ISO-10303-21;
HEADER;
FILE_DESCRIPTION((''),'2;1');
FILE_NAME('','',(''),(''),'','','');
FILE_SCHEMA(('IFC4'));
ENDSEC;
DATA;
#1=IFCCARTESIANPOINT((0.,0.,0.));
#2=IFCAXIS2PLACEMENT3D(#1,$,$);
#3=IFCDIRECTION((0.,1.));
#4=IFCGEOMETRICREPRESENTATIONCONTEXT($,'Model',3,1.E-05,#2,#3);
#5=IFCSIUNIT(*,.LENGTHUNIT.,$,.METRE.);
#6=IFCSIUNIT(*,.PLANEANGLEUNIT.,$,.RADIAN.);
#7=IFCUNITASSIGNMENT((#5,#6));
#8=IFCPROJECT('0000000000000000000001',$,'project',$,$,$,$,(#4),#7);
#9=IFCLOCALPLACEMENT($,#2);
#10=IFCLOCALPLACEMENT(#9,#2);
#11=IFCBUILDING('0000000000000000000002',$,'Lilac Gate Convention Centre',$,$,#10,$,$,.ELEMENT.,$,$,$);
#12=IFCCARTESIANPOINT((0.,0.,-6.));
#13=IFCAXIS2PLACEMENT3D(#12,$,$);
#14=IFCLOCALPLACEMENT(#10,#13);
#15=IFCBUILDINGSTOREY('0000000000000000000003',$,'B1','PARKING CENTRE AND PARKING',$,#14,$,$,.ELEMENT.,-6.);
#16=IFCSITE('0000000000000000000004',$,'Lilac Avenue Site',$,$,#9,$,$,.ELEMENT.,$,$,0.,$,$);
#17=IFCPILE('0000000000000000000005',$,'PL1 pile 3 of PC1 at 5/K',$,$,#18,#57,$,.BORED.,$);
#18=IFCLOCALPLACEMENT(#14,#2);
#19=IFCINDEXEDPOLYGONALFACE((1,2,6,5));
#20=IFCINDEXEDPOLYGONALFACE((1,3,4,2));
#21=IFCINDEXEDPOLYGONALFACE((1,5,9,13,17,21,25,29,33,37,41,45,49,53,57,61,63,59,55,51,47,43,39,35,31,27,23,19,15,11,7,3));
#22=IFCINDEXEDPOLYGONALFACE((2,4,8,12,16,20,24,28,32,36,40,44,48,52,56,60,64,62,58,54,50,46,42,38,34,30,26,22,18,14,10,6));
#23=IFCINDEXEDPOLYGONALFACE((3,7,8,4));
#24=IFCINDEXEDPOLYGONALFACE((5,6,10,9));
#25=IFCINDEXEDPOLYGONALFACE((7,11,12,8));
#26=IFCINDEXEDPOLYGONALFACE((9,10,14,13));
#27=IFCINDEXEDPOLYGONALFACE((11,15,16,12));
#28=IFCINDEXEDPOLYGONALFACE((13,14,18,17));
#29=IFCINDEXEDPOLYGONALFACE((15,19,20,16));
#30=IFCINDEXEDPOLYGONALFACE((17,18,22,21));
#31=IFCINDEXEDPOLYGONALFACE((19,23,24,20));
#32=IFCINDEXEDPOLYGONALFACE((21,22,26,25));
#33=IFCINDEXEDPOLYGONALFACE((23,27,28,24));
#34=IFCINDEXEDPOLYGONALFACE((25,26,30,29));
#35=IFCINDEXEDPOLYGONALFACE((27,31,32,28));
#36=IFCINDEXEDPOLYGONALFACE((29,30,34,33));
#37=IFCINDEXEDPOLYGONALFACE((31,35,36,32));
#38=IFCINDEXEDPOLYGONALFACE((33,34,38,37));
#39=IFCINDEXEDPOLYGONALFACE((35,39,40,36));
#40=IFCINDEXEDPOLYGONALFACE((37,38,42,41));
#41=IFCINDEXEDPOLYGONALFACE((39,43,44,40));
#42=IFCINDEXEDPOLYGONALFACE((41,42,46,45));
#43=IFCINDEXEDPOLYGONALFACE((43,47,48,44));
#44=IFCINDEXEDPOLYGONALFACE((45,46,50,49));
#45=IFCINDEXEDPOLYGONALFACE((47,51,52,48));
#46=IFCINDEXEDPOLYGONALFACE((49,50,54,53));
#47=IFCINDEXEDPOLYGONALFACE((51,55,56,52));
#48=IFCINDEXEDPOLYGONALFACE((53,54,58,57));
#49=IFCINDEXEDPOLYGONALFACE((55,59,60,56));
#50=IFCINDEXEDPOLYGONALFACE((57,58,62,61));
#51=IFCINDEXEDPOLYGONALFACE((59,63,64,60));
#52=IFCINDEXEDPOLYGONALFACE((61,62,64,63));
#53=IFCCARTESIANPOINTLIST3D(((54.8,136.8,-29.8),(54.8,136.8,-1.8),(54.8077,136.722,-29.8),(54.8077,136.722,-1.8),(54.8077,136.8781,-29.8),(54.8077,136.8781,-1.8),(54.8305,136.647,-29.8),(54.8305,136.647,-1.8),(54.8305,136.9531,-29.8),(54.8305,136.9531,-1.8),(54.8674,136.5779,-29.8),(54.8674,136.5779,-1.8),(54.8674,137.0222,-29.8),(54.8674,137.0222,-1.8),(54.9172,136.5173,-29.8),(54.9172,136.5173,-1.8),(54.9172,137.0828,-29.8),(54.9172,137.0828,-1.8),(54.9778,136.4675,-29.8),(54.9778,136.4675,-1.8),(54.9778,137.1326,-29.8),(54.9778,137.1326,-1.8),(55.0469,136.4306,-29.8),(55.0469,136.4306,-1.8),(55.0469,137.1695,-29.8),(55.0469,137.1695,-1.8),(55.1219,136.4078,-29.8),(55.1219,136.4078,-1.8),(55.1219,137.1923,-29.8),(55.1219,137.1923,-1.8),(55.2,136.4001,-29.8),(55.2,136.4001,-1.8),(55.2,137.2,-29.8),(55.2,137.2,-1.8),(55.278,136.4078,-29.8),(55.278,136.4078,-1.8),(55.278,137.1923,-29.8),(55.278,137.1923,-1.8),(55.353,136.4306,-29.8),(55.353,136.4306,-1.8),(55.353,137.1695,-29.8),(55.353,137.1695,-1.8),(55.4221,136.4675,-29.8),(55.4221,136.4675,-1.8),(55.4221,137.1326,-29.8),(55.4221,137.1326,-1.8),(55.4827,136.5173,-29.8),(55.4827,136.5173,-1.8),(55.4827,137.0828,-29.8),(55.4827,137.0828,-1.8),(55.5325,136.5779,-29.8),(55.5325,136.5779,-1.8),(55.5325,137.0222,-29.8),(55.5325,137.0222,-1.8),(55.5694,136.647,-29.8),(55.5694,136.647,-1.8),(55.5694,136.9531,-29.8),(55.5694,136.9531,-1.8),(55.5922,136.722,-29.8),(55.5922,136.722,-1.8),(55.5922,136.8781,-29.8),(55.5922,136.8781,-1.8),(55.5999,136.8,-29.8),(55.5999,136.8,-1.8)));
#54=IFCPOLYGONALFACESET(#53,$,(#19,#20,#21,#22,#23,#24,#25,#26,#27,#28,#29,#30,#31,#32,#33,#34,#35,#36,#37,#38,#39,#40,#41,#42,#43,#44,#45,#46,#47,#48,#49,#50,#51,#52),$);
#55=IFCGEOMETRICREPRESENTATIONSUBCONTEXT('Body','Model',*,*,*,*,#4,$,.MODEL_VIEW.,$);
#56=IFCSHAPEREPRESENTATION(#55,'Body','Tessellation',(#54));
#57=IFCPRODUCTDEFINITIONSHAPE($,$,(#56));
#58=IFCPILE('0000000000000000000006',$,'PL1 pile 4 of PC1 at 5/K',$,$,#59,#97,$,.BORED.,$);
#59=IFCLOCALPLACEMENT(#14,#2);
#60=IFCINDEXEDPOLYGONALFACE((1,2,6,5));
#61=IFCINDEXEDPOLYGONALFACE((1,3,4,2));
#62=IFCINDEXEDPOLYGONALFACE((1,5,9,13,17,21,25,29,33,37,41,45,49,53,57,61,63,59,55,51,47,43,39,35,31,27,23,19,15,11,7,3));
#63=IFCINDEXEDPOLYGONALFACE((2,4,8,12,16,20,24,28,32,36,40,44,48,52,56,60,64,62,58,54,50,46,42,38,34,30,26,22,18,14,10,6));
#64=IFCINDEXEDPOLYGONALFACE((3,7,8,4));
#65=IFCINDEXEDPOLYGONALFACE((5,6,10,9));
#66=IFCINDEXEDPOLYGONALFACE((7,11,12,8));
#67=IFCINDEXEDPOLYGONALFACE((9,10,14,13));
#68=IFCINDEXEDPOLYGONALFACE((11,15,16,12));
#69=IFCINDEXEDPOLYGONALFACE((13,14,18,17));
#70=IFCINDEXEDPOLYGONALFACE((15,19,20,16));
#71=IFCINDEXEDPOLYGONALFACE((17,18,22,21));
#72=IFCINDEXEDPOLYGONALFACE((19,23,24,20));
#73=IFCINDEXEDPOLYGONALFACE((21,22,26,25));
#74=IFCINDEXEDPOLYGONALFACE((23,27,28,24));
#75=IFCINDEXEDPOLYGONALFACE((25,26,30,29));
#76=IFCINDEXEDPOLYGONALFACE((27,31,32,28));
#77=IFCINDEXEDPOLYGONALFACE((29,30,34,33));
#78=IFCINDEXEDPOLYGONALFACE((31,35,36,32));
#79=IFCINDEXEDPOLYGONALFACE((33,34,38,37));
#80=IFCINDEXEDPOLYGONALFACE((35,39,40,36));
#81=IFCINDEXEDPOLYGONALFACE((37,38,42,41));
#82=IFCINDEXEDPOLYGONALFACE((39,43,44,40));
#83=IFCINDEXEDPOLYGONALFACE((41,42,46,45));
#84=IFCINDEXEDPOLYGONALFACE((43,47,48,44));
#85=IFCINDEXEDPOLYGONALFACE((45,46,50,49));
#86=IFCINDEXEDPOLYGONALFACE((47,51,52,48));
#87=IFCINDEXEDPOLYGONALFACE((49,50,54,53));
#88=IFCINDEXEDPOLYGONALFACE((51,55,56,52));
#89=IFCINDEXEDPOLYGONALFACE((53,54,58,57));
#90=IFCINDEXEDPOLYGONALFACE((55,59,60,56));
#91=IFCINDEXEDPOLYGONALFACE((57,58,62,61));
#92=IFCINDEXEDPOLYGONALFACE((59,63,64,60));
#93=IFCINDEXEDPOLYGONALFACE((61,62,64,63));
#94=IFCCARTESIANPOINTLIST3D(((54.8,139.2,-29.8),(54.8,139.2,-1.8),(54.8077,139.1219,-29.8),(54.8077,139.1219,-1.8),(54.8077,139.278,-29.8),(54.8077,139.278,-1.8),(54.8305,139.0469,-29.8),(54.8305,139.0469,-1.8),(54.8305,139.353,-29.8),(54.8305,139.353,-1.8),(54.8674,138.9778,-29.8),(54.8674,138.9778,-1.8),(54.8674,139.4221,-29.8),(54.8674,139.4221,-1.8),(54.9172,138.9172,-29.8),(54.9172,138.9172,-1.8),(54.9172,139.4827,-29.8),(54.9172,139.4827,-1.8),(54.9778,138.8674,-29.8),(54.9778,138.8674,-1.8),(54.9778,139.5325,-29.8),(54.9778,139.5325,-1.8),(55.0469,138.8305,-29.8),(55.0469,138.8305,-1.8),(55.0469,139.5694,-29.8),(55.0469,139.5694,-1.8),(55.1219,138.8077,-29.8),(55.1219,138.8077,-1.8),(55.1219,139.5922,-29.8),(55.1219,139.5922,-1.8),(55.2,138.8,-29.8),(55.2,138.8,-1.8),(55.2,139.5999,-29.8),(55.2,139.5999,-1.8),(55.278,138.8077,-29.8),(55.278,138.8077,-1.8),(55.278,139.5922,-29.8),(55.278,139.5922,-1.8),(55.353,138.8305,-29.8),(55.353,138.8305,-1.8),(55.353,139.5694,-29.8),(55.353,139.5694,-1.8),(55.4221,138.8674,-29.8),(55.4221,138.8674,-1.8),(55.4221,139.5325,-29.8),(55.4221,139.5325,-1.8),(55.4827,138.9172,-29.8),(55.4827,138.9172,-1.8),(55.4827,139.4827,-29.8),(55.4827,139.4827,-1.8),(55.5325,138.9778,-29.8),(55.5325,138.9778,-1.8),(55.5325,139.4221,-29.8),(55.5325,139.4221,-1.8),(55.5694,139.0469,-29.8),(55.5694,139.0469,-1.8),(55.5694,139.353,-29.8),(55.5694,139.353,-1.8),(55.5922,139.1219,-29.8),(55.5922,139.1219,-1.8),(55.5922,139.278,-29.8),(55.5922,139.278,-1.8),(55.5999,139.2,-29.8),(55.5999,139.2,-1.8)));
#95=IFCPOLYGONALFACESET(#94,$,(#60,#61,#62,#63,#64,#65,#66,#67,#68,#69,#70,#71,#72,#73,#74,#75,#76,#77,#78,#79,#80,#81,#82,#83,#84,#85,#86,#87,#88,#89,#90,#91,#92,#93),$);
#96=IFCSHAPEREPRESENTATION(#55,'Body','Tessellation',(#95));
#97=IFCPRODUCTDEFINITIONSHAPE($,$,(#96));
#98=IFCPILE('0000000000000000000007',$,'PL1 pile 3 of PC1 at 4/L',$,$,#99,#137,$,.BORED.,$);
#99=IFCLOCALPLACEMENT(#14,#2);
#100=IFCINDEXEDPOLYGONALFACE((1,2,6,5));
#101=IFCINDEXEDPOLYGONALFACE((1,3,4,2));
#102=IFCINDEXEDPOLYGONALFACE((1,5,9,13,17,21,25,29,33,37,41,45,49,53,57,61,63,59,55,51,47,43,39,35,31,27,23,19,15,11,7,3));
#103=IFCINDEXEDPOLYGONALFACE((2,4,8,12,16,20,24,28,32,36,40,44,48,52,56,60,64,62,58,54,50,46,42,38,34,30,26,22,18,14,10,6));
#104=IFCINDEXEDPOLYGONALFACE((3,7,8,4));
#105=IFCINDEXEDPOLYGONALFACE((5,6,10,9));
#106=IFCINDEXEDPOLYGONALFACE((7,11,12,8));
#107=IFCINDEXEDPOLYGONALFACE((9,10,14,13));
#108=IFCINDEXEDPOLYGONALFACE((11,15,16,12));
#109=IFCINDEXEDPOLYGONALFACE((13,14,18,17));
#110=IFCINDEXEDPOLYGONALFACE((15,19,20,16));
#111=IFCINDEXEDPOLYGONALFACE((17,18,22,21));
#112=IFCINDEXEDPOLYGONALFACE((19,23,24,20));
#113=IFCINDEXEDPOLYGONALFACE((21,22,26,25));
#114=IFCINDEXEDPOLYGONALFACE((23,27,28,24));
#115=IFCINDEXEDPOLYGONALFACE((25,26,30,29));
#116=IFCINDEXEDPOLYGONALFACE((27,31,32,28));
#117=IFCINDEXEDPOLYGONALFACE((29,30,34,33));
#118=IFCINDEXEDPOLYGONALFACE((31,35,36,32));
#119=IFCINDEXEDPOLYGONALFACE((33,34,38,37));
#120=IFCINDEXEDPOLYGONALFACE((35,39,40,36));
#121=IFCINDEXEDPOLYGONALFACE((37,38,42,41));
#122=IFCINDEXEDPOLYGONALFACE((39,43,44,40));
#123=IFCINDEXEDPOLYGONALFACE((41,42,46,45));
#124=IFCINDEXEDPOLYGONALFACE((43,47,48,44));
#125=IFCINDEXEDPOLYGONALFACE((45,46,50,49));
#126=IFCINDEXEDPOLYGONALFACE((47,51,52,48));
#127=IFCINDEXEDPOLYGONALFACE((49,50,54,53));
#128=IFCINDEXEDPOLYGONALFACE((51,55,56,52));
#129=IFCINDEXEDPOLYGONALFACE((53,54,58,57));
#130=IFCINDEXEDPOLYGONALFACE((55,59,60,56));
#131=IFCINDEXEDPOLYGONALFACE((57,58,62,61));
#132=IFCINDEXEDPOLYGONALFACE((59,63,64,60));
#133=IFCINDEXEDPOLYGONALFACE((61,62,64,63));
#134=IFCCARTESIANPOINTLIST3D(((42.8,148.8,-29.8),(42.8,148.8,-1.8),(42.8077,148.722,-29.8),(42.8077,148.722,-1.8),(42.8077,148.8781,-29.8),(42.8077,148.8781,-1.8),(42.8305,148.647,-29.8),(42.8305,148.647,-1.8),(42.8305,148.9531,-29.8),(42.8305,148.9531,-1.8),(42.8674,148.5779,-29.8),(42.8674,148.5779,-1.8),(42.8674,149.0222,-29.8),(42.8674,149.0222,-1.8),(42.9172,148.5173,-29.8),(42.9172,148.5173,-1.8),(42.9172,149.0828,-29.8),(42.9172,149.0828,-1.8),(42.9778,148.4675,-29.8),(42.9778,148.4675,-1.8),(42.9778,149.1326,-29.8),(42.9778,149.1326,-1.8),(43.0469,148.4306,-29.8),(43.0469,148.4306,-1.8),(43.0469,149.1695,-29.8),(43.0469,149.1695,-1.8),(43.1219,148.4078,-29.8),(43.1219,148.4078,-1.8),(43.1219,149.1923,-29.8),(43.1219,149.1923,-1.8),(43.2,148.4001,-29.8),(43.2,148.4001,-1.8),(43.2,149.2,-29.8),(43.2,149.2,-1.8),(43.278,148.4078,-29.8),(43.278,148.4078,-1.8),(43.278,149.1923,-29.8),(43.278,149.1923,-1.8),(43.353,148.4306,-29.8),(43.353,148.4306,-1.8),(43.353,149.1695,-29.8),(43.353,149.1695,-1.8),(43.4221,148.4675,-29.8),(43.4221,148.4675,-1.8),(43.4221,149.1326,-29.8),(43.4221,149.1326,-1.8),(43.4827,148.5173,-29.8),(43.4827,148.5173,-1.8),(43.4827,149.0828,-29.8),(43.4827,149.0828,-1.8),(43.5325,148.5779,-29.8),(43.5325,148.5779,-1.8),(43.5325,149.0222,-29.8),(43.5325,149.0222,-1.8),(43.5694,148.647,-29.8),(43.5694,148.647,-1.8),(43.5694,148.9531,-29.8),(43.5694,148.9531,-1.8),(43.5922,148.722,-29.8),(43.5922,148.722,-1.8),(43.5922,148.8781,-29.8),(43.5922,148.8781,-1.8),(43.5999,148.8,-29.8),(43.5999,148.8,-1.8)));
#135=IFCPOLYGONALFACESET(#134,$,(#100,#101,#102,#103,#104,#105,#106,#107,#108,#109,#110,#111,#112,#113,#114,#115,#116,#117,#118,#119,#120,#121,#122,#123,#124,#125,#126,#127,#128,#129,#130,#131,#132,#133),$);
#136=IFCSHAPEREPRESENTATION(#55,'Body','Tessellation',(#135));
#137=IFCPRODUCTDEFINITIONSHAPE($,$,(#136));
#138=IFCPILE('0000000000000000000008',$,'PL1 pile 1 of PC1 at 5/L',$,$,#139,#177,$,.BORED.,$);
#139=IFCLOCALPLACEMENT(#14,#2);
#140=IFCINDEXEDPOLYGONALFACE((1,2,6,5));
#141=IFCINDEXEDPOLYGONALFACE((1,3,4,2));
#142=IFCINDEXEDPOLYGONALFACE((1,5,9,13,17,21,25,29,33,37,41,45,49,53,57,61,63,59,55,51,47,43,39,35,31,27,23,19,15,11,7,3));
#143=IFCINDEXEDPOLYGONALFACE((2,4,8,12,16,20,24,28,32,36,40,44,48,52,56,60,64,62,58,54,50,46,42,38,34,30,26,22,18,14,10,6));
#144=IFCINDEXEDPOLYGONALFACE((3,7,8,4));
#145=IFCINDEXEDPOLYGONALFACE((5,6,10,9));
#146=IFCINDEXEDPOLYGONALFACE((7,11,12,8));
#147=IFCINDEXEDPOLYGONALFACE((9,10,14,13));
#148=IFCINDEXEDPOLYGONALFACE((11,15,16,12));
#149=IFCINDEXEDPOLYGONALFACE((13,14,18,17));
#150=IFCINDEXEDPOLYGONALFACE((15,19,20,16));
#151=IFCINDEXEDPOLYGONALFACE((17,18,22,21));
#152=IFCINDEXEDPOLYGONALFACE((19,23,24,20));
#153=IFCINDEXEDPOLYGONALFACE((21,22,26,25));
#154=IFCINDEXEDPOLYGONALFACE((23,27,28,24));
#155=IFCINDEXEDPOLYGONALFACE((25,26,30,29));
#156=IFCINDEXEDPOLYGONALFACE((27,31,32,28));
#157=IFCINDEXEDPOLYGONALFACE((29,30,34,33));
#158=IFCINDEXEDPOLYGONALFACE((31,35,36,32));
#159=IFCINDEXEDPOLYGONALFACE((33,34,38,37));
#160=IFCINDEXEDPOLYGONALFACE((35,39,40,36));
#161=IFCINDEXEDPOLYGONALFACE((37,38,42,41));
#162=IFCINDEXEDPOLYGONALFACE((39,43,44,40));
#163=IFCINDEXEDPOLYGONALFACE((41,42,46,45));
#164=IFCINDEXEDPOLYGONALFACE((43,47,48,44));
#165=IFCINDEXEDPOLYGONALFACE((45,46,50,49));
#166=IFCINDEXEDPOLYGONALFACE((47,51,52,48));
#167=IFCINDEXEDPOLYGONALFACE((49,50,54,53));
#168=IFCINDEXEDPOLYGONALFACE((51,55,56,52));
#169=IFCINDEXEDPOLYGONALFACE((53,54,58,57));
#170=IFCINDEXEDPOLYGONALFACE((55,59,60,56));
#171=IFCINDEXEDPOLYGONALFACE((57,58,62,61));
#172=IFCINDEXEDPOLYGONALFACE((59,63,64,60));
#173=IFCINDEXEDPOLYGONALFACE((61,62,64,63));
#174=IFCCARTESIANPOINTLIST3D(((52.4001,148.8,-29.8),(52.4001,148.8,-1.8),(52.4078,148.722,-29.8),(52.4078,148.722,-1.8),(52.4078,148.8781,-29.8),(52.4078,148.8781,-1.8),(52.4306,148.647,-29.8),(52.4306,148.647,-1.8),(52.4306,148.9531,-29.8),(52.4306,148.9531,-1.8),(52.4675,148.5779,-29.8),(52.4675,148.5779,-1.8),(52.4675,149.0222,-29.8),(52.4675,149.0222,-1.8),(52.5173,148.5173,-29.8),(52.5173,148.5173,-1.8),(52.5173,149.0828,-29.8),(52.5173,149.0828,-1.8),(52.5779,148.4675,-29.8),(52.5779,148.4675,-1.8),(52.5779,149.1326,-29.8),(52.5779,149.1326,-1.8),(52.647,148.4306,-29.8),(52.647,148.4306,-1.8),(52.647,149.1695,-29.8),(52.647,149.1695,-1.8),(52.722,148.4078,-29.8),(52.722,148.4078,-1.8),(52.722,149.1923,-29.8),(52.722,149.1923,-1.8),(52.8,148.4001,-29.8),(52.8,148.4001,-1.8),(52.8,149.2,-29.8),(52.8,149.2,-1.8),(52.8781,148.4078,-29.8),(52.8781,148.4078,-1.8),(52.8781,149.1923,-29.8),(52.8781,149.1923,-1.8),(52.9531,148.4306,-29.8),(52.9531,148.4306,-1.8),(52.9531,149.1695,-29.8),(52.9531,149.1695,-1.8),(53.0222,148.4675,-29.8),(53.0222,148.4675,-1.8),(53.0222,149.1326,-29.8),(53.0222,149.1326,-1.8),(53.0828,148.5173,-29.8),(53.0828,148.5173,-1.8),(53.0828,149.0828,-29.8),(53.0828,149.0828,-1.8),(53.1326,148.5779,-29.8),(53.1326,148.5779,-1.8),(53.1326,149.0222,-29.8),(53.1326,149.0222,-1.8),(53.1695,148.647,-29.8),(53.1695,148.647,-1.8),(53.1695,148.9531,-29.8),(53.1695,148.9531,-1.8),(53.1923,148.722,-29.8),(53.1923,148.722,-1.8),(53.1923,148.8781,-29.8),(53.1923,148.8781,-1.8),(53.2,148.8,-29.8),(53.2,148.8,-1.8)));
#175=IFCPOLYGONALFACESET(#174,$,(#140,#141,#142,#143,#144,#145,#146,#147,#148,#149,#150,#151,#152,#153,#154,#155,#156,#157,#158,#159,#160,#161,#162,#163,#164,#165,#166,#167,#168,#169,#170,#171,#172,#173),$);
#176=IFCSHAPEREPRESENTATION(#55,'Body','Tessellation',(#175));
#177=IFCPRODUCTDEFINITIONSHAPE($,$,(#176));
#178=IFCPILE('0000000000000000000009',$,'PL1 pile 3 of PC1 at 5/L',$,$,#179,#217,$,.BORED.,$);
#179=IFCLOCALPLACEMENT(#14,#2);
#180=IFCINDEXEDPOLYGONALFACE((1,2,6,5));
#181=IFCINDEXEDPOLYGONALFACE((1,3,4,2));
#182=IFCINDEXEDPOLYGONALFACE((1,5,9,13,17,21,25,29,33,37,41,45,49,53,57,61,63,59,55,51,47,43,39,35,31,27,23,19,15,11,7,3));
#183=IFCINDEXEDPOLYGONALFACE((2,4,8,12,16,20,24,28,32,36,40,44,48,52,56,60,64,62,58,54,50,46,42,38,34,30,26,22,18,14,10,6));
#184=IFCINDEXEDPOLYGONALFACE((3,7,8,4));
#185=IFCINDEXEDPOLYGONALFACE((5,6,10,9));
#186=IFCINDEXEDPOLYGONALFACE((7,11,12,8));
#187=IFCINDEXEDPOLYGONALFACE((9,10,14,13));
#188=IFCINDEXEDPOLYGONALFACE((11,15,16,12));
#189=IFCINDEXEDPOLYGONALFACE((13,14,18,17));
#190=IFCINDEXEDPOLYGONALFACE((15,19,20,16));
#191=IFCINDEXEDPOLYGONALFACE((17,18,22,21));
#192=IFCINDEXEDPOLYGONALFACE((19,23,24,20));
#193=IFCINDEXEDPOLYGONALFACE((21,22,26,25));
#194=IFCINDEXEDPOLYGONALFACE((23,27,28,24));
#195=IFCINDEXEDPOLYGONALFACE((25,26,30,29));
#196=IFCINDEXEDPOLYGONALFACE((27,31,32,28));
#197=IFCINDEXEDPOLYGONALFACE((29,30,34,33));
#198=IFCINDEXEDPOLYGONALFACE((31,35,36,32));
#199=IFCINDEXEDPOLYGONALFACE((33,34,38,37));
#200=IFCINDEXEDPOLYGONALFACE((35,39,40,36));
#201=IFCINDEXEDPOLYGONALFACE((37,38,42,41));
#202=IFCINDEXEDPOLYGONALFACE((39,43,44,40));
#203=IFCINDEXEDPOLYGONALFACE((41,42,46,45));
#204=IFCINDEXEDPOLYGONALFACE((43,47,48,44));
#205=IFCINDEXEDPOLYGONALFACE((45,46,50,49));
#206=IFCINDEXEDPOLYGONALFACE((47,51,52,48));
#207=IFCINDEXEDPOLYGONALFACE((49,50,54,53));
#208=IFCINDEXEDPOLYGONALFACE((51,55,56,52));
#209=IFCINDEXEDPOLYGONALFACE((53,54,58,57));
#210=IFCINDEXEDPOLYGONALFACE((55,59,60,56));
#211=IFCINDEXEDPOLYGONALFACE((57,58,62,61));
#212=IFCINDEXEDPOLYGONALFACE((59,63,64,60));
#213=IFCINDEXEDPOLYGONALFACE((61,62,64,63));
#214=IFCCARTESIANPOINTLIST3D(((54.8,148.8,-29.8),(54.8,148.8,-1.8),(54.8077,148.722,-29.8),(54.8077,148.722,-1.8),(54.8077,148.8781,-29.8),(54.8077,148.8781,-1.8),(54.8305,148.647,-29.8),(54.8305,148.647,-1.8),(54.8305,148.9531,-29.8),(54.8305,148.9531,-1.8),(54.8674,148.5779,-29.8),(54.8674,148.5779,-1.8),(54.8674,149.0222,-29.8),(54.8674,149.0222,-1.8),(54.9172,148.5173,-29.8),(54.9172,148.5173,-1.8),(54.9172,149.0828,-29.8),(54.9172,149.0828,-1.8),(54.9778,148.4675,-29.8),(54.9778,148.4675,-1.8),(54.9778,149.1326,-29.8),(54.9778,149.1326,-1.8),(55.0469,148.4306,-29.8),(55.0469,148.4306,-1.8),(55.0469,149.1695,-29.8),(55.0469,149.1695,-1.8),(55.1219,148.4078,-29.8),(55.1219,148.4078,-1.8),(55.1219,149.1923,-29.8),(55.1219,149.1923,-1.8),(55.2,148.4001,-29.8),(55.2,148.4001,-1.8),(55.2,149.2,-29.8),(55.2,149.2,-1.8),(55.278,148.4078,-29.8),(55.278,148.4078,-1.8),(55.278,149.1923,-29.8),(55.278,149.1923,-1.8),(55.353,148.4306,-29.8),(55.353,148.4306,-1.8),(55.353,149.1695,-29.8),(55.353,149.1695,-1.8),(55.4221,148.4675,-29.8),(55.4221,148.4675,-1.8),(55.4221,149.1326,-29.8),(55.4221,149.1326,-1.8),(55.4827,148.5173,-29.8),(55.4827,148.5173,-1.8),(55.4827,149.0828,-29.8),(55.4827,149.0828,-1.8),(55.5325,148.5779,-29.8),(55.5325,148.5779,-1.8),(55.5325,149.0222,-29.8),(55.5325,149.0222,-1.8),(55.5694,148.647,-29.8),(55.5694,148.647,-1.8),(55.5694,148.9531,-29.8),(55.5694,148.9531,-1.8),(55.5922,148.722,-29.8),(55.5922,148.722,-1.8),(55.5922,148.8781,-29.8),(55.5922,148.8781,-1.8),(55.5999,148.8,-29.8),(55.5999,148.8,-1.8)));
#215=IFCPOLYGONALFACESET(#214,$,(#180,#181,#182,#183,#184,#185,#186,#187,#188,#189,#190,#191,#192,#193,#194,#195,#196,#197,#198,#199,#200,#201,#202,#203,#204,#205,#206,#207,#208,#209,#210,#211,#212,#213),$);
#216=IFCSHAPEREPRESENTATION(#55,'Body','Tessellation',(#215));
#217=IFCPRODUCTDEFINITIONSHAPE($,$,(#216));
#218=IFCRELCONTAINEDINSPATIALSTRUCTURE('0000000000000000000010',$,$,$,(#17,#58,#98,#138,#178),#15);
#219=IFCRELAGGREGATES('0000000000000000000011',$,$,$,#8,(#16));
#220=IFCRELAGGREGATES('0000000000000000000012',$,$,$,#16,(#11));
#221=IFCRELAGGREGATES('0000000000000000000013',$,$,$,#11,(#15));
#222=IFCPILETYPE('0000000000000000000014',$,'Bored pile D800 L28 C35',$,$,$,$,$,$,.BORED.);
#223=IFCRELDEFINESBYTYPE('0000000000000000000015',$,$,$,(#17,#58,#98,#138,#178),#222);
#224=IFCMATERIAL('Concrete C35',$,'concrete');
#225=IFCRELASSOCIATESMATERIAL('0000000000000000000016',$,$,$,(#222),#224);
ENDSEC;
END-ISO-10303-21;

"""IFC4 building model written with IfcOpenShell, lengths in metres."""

from ifc_helpers import new_model, si_unit, direction, frame, origin, origin_2d, place, context, subcontext, project, spatial, circle, extrude, material, material_profile, profile_set, type_object, element, save


model = new_model("IFC4")

# Units and contexts
model_context = context("Model", 3, precision=1e-05, world=origin(), true_north=direction((0.0, 1.0)))
body_context = subcontext(model_context, "Body", "Model", "MODEL_VIEW")
ifc_project = project(units=[si_unit("LENGTHUNIT", "METRE"), si_unit("PLANEANGLEUNIT", "RADIAN")], contexts=[model_context])

# Site, building, storey
site_placement = place(None, origin())
site = spatial("IfcSite", under=ifc_project, at=site_placement, Name="Lilac Avenue Site", CompositionType="ELEMENT", RefElevation=0.0)
building_placement = place(site_placement, origin())
building = spatial("IfcBuilding", under=site, at=building_placement, Name="Lilac Gate Convention Centre", CompositionType="ELEMENT")
storey_placement = place(building_placement, frame((0.0, 0.0, -6.0)))
storey = spatial("IfcBuildingStorey", under=building, at=storey_placement, Name="B1", Description="PARKING CENTRE AND PARKING", CompositionType="ELEMENT", Elevation=-6.0)

# Piles
ifc_material_1 = material(Name="Concrete C35", Category="concrete")
ifc_material_profile_1 = material_profile(ifc_material_1, circle(Radius=0.3999, at=origin_2d()), Name="D800")
ifc_profile_set_1 = profile_set([ifc_material_profile_1], Name="Concrete C35")
pile_type = type_object("IfcPileType", Name="Bored pile D800 L28 C35", PredefinedType="BORED", material=ifc_profile_set_1)
for number, where, z_axis, x_axis, name in (
    (1, (55.2, 136.8, -1.8), (0.0, 0.0, -1.0), (1.0, 0.0, 0.0), "PL1 pile 3 of PC1 at 5/K"),
    (2, (55.2, 139.2, -1.8), (0.0, 0.0, -1.0), (1.0, 0.0, 0.0), "PL1 pile 4 of PC1 at 5/K"),
    (3, (43.2, 148.8, -1.8), (0.0, 0.0, -1.0), (1.0, 0.0, 0.0), "PL1 pile 3 of PC1 at 4/L"),
    (4, (52.8, 148.8, -1.8), (0.0, 0.0, -1.0), (1.0, 0.0, 0.0), "PL1 pile 1 of PC1 at 5/L"),
    (5, (55.2, 148.8, -1.8), (0.0, 0.0, -1.0), (1.0, 0.0, 0.0), "PL1 pile 3 of PC1 at 5/L"),
):
    element("IfcPile", number, at=place(storey_placement, frame(where, z_axis=z_axis, x_axis=x_axis)), inside=storey, type_object=pile_type, Name=name, PredefinedType="BORED", context=body_context, shape_type="SweptSolid", body=[
        extrude(circle(Radius=0.3999, at=origin_2d()), origin(), (0.0, 0.0, 1.0), 28.0),
    ])

save(model, "model.ifc")
